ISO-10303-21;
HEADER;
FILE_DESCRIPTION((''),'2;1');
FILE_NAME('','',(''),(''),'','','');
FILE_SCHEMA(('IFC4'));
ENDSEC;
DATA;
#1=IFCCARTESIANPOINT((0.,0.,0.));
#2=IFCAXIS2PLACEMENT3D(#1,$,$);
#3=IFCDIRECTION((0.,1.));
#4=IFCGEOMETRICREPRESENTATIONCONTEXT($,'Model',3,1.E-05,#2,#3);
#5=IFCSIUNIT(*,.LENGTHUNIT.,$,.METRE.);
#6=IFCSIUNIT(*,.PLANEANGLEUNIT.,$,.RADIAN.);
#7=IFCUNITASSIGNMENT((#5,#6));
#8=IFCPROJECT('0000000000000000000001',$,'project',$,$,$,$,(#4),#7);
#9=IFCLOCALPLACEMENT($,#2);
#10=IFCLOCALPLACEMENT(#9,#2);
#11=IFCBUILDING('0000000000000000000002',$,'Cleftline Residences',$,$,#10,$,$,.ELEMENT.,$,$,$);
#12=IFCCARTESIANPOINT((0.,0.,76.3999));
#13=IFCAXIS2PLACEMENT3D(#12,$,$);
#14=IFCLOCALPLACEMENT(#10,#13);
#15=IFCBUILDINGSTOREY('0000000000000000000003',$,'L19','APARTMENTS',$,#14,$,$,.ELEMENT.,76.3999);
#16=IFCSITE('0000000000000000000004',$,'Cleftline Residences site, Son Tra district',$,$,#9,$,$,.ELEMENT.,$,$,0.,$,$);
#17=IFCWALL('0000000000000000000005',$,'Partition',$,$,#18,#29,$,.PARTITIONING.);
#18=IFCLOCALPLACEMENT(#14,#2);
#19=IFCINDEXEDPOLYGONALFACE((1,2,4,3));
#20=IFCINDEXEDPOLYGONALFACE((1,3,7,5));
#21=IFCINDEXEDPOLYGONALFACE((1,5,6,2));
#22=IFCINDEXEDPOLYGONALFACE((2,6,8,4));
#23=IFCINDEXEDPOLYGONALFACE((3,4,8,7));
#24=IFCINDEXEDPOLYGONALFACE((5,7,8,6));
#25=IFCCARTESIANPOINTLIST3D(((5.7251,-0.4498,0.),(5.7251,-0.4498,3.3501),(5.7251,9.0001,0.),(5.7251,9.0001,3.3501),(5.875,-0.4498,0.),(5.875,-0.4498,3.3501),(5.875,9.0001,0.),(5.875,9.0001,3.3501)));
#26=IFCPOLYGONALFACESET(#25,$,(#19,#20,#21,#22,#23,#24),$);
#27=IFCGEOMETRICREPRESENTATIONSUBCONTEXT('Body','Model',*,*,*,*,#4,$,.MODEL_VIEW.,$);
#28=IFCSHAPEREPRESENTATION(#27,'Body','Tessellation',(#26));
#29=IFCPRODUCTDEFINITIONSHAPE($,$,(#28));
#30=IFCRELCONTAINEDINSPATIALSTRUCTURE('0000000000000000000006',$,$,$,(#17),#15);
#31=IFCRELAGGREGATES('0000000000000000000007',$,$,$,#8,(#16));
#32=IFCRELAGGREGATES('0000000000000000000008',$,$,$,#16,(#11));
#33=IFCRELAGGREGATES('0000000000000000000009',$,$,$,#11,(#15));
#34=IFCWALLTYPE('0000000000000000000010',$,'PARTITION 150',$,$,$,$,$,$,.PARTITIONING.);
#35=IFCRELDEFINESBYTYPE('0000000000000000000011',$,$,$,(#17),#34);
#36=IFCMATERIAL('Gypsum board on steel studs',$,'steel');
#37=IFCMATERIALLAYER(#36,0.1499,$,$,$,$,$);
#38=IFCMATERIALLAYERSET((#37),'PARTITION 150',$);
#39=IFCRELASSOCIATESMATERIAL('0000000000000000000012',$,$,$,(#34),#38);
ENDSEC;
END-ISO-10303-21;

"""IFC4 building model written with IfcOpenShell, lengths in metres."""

from ifc_helpers import new_model, si_unit, direction, frame, frame_2d, origin, place, context, subcontext, project, spatial, rectangle, extrude, material, layer, layer_set, type_object, element, save


model = new_model("IFC4")

# Units and contexts
model_context = context("Model", 3, precision=1e-05, world=origin(), true_north=direction((0.0, 1.0)))
body_context = subcontext(model_context, "Body", "Model", "MODEL_VIEW")
ifc_project = project(units=[si_unit("LENGTHUNIT", "METRE"), si_unit("PLANEANGLEUNIT", "RADIAN")], contexts=[model_context])

# Site, building, storey
site_placement = place(None, origin())
site = spatial("IfcSite", under=ifc_project, at=site_placement, Name="Cleftline Residences site, Son Tra district", CompositionType="ELEMENT", RefElevation=0.0)
building_placement = place(site_placement, origin())
building = spatial("IfcBuilding", under=site, at=building_placement, Name="Cleftline Residences", CompositionType="ELEMENT")
storey_placement = place(building_placement, frame((0.0, 0.0, 76.3999)))
storey = spatial("IfcBuildingStorey", under=building, at=storey_placement, Name="L19", Description="APARTMENTS", CompositionType="ELEMENT", Elevation=76.3999)

# Shared definitions
ifc_material_1 = material(Name="Gypsum board on steel studs", Category="steel")
ifc_layer_1 = layer(ifc_material_1, 0.1499)
ifc_layer_set_1 = layer_set([ifc_layer_1], Name="PARTITION 150")
wall_type_1 = type_object("IfcWallType", Name="PARTITION 150", PredefinedType="PARTITIONING", material=ifc_layer_set_1)

# Wall
wall_1_placement = place(storey_placement, frame((5.8, -0.45, 0.0), z_axis=(0.0, 0.0, 1.0), x_axis=(0.0, 1.0, 0.0)))
element("IfcWall", 1, at=wall_1_placement, inside=storey, type_object=wall_type_1, Name="Partition", PredefinedType="PARTITIONING", context=body_context, shape_type="SweptSolid", body=[
    extrude(rectangle(XDim=9.45, YDim=0.1499, at=frame_2d((4.7251, 0.0))), origin(), (0.0, 0.0, 1.0), 3.3501),
])

save(model, "model.ifc")
